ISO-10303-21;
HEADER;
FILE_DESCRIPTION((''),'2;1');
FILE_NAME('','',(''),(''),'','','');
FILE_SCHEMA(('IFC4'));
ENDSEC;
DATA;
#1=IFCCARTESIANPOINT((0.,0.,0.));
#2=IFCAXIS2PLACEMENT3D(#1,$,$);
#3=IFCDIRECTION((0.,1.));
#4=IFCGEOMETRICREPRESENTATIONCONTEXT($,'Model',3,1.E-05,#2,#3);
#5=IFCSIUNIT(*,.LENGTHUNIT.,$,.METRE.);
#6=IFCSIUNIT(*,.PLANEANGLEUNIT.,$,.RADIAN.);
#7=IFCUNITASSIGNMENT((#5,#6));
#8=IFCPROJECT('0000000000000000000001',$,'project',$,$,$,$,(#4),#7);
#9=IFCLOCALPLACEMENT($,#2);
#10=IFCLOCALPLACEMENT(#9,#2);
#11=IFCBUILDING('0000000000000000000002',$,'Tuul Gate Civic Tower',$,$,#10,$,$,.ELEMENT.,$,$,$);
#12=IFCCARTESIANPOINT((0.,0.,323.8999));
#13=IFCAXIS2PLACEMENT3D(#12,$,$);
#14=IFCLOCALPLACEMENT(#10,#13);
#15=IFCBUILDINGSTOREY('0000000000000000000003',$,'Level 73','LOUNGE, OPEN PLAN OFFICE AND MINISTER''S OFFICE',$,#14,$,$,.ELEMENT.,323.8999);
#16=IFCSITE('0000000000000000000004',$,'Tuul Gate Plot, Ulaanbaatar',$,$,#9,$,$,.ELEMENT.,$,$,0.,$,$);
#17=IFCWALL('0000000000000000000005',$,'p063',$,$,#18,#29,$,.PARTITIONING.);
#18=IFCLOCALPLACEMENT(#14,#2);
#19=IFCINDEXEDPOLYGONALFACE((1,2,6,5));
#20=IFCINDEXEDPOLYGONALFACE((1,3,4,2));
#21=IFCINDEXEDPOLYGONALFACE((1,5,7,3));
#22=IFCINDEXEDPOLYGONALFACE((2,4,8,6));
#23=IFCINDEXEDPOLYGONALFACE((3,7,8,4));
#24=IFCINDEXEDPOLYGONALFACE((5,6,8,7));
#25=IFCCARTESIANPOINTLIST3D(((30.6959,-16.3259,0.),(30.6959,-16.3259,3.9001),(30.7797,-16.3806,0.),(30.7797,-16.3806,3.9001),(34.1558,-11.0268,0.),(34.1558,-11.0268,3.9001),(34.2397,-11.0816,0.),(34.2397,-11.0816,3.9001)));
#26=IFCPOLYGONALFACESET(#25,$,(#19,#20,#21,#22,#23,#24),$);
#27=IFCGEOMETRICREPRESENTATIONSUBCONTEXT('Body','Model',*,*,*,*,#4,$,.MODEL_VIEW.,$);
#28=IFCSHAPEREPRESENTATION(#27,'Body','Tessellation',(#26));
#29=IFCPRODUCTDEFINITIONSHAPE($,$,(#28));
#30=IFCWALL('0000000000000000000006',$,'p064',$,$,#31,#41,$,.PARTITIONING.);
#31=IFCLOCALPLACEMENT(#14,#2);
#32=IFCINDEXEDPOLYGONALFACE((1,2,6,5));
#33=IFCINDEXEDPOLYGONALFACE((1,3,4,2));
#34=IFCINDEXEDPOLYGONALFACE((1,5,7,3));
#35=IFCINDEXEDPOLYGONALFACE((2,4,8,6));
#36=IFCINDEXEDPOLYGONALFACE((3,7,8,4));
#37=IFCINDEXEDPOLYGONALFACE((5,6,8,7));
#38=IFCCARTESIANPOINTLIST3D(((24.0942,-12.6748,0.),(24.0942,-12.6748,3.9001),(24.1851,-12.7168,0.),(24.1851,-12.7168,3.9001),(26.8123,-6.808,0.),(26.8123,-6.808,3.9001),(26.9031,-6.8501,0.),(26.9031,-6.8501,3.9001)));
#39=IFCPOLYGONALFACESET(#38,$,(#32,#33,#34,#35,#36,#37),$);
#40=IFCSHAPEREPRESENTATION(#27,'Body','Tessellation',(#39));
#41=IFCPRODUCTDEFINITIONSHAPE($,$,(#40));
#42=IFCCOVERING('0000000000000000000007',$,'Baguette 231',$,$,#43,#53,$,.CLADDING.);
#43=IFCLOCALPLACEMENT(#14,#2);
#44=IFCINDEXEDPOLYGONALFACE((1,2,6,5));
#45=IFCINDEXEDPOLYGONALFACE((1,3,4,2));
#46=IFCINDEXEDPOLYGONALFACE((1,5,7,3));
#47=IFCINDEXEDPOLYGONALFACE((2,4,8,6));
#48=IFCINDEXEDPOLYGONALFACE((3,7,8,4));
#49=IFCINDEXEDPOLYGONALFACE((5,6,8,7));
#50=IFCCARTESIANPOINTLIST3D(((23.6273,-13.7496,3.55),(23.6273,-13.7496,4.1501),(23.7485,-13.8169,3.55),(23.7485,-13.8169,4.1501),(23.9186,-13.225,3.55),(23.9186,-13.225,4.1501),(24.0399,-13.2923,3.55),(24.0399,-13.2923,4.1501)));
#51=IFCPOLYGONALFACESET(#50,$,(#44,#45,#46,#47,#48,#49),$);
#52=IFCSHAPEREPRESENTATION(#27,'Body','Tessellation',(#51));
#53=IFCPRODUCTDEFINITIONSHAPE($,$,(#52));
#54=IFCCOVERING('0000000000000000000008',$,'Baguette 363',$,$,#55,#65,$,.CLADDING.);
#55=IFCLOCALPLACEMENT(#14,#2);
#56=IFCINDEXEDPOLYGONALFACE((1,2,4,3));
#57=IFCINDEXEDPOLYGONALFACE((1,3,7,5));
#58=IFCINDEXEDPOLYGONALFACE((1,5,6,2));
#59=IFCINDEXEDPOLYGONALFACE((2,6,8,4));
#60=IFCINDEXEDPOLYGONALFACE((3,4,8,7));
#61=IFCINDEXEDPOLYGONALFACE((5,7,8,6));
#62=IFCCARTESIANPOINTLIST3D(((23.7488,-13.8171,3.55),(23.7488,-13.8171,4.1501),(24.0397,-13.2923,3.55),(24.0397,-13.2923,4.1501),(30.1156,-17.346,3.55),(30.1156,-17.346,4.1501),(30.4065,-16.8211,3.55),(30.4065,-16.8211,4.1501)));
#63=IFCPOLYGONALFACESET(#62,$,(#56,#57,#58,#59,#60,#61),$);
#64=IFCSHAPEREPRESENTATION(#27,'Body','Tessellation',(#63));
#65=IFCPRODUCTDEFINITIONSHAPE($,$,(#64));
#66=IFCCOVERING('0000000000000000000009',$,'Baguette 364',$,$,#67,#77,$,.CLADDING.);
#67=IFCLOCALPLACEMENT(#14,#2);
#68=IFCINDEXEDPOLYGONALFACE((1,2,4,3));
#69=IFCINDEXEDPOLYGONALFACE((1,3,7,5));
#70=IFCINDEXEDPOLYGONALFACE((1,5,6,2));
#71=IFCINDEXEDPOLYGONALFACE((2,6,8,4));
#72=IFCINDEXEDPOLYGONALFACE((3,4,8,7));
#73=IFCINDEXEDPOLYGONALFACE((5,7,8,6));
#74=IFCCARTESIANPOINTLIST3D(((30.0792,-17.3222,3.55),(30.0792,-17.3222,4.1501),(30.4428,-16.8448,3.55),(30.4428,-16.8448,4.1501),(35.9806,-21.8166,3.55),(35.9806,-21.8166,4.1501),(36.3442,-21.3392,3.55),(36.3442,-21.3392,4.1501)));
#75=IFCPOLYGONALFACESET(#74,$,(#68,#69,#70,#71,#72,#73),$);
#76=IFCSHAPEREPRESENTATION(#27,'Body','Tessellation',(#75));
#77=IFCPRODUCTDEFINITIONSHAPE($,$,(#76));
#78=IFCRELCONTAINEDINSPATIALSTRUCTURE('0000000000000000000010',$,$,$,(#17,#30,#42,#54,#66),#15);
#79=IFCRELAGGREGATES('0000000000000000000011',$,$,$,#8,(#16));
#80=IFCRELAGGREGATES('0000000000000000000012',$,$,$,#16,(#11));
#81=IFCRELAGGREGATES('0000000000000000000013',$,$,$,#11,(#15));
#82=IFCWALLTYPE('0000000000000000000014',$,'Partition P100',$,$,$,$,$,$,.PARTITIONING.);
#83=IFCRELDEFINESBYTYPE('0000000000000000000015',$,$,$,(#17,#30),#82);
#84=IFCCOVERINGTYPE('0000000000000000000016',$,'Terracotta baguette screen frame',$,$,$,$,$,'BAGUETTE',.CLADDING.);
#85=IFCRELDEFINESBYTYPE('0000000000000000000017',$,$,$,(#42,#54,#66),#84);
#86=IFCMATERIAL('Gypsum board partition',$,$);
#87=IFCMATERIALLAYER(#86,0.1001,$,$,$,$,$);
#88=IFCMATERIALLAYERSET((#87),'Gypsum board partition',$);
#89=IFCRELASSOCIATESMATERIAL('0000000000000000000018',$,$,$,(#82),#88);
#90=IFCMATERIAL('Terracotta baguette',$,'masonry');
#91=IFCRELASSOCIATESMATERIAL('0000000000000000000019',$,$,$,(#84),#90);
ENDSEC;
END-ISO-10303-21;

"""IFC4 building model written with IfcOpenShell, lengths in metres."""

from ifc_helpers import new_model, si_unit, direction, frame, frame_2d, origin, origin_2d, place, context, subcontext, project, spatial, rectangle, extrude, material, layer, layer_set, material_profile, profile_set, type_object, element, save


model = new_model("IFC4")

# Units and contexts
model_context = context("Model", 3, precision=1e-05, world=origin(), true_north=direction((0.0, 1.0)))
body_context = subcontext(model_context, "Body", "Model", "MODEL_VIEW")
ifc_project = project(units=[si_unit("LENGTHUNIT", "METRE"), si_unit("PLANEANGLEUNIT", "RADIAN")], contexts=[model_context])

# Site, building, storey
site_placement = place(None, origin())
site = spatial("IfcSite", under=ifc_project, at=site_placement, Name="Tuul Gate Plot, Ulaanbaatar", CompositionType="ELEMENT", RefElevation=0.0)
building_placement = place(site_placement, origin())
building = spatial("IfcBuilding", under=site, at=building_placement, Name="Tuul Gate Civic Tower", CompositionType="ELEMENT")
storey_placement = place(building_placement, frame((0.0, 0.0, 323.8999)))
storey = spatial("IfcBuildingStorey", under=building, at=storey_placement, Name="Level 73", Description="LOUNGE, OPEN PLAN OFFICE AND MINISTER'S OFFICE", CompositionType="ELEMENT", Elevation=323.8999)

# Walls
ifc_material_1 = material(Name="Gypsum board partition")
ifc_layer_1 = layer(ifc_material_1, 0.1001)
ifc_layer_set_1 = layer_set([ifc_layer_1], Name="Gypsum board partition")
wall_type_1 = type_object("IfcWallType", Name="Partition P100", PredefinedType="PARTITIONING", material=ifc_layer_set_1)
wall_1_placement = place(storey_placement, frame((30.7378, -16.3533, 0.0), z_axis=(0.0, 0.0, 1.0), x_axis=(0.546716, 0.837318, 0.0)))
element("IfcWall", 1, at=wall_1_placement, inside=storey, type_object=wall_type_1, Name="p063", PredefinedType="PARTITIONING", context=body_context, shape_type="SweptSolid", body=[
    extrude(rectangle(XDim=6.3286, YDim=0.1001, at=frame_2d((3.1643, 0.0))), origin(), (0.0, 0.0, 1.0), 3.9001),
])
wall_2_placement = place(storey_placement, frame((24.1396, -12.6958, 0.0), z_axis=(0.0, 0.0, 1.0), x_axis=(0.420372, 0.907352, 0.0)))
element("IfcWall", 2, at=wall_2_placement, inside=storey, type_object=wall_type_1, Name="p064", PredefinedType="PARTITIONING", context=body_context, shape_type="SweptSolid", body=[
    extrude(rectangle(XDim=6.4658, YDim=0.1001, at=frame_2d((3.2329, 0.0))), origin(), (0.0, 0.0, 1.0), 3.9001),
])

# Coverings
ifc_material_2 = material(Name="Terracotta baguette", Category="masonry")
ifc_material_profile_1 = material_profile(ifc_material_2, rectangle(XDim=0.6001, YDim=0.6001, at=origin_2d()), Name="Terracotta baguette screen frame")
ifc_profile_set_1 = profile_set([ifc_material_profile_1], Name="Terracotta baguette")
covering_type = type_object("IfcCoveringType", Name="Terracotta baguette screen frame", ElementType="BAGUETTE", PredefinedType="CLADDING", material=ifc_profile_set_1)
covering_1_placement = place(storey_placement, frame((23.7729, -13.4873, 3.8501), z_axis=(0.87424, -0.485494, 0.0), x_axis=(0.485494, 0.87424, 0.0)))
element("IfcCovering", 3, at=covering_1_placement, inside=storey, type_object=covering_type, Name="Baguette 231", PredefinedType="CLADDING", context=body_context, shape_type="SweptSolid", body=[
    extrude(rectangle(XDim=0.6001, YDim=0.6001, at=origin_2d()), origin(), (0.0, 0.0, 1.0), 0.1387),
])
covering_2_placement = place(storey_placement, frame((23.8943, -13.5547, 3.8501), z_axis=(0.874638, -0.484777, 0.0), x_axis=(0.484777, 0.874638, 0.0)))
element("IfcCovering", 4, at=covering_2_placement, inside=storey, type_object=covering_type, Name="Baguette 363", PredefinedType="CLADDING", context=body_context, shape_type="SweptSolid", body=[
    extrude(rectangle(XDim=0.6001, YDim=0.6001, at=origin_2d()), origin(), (0.0, 0.0, 1.0), 7.2793),
])
covering_3_placement = place(storey_placement, frame((30.261, -17.0835, 3.8501), z_axis=(0.795555, -0.605882, 0.0), x_axis=(0.605882, 0.795555, 0.0)))
element("IfcCovering", 5, at=covering_3_placement, inside=storey, type_object=covering_type, Name="Baguette 364", PredefinedType="CLADDING", context=body_context, shape_type="SweptSolid", body=[
    extrude(rectangle(XDim=0.6001, YDim=0.6001, at=origin_2d()), origin(), (0.0, 0.0, 1.0), 7.418),
])

save(model, "model.ifc")
